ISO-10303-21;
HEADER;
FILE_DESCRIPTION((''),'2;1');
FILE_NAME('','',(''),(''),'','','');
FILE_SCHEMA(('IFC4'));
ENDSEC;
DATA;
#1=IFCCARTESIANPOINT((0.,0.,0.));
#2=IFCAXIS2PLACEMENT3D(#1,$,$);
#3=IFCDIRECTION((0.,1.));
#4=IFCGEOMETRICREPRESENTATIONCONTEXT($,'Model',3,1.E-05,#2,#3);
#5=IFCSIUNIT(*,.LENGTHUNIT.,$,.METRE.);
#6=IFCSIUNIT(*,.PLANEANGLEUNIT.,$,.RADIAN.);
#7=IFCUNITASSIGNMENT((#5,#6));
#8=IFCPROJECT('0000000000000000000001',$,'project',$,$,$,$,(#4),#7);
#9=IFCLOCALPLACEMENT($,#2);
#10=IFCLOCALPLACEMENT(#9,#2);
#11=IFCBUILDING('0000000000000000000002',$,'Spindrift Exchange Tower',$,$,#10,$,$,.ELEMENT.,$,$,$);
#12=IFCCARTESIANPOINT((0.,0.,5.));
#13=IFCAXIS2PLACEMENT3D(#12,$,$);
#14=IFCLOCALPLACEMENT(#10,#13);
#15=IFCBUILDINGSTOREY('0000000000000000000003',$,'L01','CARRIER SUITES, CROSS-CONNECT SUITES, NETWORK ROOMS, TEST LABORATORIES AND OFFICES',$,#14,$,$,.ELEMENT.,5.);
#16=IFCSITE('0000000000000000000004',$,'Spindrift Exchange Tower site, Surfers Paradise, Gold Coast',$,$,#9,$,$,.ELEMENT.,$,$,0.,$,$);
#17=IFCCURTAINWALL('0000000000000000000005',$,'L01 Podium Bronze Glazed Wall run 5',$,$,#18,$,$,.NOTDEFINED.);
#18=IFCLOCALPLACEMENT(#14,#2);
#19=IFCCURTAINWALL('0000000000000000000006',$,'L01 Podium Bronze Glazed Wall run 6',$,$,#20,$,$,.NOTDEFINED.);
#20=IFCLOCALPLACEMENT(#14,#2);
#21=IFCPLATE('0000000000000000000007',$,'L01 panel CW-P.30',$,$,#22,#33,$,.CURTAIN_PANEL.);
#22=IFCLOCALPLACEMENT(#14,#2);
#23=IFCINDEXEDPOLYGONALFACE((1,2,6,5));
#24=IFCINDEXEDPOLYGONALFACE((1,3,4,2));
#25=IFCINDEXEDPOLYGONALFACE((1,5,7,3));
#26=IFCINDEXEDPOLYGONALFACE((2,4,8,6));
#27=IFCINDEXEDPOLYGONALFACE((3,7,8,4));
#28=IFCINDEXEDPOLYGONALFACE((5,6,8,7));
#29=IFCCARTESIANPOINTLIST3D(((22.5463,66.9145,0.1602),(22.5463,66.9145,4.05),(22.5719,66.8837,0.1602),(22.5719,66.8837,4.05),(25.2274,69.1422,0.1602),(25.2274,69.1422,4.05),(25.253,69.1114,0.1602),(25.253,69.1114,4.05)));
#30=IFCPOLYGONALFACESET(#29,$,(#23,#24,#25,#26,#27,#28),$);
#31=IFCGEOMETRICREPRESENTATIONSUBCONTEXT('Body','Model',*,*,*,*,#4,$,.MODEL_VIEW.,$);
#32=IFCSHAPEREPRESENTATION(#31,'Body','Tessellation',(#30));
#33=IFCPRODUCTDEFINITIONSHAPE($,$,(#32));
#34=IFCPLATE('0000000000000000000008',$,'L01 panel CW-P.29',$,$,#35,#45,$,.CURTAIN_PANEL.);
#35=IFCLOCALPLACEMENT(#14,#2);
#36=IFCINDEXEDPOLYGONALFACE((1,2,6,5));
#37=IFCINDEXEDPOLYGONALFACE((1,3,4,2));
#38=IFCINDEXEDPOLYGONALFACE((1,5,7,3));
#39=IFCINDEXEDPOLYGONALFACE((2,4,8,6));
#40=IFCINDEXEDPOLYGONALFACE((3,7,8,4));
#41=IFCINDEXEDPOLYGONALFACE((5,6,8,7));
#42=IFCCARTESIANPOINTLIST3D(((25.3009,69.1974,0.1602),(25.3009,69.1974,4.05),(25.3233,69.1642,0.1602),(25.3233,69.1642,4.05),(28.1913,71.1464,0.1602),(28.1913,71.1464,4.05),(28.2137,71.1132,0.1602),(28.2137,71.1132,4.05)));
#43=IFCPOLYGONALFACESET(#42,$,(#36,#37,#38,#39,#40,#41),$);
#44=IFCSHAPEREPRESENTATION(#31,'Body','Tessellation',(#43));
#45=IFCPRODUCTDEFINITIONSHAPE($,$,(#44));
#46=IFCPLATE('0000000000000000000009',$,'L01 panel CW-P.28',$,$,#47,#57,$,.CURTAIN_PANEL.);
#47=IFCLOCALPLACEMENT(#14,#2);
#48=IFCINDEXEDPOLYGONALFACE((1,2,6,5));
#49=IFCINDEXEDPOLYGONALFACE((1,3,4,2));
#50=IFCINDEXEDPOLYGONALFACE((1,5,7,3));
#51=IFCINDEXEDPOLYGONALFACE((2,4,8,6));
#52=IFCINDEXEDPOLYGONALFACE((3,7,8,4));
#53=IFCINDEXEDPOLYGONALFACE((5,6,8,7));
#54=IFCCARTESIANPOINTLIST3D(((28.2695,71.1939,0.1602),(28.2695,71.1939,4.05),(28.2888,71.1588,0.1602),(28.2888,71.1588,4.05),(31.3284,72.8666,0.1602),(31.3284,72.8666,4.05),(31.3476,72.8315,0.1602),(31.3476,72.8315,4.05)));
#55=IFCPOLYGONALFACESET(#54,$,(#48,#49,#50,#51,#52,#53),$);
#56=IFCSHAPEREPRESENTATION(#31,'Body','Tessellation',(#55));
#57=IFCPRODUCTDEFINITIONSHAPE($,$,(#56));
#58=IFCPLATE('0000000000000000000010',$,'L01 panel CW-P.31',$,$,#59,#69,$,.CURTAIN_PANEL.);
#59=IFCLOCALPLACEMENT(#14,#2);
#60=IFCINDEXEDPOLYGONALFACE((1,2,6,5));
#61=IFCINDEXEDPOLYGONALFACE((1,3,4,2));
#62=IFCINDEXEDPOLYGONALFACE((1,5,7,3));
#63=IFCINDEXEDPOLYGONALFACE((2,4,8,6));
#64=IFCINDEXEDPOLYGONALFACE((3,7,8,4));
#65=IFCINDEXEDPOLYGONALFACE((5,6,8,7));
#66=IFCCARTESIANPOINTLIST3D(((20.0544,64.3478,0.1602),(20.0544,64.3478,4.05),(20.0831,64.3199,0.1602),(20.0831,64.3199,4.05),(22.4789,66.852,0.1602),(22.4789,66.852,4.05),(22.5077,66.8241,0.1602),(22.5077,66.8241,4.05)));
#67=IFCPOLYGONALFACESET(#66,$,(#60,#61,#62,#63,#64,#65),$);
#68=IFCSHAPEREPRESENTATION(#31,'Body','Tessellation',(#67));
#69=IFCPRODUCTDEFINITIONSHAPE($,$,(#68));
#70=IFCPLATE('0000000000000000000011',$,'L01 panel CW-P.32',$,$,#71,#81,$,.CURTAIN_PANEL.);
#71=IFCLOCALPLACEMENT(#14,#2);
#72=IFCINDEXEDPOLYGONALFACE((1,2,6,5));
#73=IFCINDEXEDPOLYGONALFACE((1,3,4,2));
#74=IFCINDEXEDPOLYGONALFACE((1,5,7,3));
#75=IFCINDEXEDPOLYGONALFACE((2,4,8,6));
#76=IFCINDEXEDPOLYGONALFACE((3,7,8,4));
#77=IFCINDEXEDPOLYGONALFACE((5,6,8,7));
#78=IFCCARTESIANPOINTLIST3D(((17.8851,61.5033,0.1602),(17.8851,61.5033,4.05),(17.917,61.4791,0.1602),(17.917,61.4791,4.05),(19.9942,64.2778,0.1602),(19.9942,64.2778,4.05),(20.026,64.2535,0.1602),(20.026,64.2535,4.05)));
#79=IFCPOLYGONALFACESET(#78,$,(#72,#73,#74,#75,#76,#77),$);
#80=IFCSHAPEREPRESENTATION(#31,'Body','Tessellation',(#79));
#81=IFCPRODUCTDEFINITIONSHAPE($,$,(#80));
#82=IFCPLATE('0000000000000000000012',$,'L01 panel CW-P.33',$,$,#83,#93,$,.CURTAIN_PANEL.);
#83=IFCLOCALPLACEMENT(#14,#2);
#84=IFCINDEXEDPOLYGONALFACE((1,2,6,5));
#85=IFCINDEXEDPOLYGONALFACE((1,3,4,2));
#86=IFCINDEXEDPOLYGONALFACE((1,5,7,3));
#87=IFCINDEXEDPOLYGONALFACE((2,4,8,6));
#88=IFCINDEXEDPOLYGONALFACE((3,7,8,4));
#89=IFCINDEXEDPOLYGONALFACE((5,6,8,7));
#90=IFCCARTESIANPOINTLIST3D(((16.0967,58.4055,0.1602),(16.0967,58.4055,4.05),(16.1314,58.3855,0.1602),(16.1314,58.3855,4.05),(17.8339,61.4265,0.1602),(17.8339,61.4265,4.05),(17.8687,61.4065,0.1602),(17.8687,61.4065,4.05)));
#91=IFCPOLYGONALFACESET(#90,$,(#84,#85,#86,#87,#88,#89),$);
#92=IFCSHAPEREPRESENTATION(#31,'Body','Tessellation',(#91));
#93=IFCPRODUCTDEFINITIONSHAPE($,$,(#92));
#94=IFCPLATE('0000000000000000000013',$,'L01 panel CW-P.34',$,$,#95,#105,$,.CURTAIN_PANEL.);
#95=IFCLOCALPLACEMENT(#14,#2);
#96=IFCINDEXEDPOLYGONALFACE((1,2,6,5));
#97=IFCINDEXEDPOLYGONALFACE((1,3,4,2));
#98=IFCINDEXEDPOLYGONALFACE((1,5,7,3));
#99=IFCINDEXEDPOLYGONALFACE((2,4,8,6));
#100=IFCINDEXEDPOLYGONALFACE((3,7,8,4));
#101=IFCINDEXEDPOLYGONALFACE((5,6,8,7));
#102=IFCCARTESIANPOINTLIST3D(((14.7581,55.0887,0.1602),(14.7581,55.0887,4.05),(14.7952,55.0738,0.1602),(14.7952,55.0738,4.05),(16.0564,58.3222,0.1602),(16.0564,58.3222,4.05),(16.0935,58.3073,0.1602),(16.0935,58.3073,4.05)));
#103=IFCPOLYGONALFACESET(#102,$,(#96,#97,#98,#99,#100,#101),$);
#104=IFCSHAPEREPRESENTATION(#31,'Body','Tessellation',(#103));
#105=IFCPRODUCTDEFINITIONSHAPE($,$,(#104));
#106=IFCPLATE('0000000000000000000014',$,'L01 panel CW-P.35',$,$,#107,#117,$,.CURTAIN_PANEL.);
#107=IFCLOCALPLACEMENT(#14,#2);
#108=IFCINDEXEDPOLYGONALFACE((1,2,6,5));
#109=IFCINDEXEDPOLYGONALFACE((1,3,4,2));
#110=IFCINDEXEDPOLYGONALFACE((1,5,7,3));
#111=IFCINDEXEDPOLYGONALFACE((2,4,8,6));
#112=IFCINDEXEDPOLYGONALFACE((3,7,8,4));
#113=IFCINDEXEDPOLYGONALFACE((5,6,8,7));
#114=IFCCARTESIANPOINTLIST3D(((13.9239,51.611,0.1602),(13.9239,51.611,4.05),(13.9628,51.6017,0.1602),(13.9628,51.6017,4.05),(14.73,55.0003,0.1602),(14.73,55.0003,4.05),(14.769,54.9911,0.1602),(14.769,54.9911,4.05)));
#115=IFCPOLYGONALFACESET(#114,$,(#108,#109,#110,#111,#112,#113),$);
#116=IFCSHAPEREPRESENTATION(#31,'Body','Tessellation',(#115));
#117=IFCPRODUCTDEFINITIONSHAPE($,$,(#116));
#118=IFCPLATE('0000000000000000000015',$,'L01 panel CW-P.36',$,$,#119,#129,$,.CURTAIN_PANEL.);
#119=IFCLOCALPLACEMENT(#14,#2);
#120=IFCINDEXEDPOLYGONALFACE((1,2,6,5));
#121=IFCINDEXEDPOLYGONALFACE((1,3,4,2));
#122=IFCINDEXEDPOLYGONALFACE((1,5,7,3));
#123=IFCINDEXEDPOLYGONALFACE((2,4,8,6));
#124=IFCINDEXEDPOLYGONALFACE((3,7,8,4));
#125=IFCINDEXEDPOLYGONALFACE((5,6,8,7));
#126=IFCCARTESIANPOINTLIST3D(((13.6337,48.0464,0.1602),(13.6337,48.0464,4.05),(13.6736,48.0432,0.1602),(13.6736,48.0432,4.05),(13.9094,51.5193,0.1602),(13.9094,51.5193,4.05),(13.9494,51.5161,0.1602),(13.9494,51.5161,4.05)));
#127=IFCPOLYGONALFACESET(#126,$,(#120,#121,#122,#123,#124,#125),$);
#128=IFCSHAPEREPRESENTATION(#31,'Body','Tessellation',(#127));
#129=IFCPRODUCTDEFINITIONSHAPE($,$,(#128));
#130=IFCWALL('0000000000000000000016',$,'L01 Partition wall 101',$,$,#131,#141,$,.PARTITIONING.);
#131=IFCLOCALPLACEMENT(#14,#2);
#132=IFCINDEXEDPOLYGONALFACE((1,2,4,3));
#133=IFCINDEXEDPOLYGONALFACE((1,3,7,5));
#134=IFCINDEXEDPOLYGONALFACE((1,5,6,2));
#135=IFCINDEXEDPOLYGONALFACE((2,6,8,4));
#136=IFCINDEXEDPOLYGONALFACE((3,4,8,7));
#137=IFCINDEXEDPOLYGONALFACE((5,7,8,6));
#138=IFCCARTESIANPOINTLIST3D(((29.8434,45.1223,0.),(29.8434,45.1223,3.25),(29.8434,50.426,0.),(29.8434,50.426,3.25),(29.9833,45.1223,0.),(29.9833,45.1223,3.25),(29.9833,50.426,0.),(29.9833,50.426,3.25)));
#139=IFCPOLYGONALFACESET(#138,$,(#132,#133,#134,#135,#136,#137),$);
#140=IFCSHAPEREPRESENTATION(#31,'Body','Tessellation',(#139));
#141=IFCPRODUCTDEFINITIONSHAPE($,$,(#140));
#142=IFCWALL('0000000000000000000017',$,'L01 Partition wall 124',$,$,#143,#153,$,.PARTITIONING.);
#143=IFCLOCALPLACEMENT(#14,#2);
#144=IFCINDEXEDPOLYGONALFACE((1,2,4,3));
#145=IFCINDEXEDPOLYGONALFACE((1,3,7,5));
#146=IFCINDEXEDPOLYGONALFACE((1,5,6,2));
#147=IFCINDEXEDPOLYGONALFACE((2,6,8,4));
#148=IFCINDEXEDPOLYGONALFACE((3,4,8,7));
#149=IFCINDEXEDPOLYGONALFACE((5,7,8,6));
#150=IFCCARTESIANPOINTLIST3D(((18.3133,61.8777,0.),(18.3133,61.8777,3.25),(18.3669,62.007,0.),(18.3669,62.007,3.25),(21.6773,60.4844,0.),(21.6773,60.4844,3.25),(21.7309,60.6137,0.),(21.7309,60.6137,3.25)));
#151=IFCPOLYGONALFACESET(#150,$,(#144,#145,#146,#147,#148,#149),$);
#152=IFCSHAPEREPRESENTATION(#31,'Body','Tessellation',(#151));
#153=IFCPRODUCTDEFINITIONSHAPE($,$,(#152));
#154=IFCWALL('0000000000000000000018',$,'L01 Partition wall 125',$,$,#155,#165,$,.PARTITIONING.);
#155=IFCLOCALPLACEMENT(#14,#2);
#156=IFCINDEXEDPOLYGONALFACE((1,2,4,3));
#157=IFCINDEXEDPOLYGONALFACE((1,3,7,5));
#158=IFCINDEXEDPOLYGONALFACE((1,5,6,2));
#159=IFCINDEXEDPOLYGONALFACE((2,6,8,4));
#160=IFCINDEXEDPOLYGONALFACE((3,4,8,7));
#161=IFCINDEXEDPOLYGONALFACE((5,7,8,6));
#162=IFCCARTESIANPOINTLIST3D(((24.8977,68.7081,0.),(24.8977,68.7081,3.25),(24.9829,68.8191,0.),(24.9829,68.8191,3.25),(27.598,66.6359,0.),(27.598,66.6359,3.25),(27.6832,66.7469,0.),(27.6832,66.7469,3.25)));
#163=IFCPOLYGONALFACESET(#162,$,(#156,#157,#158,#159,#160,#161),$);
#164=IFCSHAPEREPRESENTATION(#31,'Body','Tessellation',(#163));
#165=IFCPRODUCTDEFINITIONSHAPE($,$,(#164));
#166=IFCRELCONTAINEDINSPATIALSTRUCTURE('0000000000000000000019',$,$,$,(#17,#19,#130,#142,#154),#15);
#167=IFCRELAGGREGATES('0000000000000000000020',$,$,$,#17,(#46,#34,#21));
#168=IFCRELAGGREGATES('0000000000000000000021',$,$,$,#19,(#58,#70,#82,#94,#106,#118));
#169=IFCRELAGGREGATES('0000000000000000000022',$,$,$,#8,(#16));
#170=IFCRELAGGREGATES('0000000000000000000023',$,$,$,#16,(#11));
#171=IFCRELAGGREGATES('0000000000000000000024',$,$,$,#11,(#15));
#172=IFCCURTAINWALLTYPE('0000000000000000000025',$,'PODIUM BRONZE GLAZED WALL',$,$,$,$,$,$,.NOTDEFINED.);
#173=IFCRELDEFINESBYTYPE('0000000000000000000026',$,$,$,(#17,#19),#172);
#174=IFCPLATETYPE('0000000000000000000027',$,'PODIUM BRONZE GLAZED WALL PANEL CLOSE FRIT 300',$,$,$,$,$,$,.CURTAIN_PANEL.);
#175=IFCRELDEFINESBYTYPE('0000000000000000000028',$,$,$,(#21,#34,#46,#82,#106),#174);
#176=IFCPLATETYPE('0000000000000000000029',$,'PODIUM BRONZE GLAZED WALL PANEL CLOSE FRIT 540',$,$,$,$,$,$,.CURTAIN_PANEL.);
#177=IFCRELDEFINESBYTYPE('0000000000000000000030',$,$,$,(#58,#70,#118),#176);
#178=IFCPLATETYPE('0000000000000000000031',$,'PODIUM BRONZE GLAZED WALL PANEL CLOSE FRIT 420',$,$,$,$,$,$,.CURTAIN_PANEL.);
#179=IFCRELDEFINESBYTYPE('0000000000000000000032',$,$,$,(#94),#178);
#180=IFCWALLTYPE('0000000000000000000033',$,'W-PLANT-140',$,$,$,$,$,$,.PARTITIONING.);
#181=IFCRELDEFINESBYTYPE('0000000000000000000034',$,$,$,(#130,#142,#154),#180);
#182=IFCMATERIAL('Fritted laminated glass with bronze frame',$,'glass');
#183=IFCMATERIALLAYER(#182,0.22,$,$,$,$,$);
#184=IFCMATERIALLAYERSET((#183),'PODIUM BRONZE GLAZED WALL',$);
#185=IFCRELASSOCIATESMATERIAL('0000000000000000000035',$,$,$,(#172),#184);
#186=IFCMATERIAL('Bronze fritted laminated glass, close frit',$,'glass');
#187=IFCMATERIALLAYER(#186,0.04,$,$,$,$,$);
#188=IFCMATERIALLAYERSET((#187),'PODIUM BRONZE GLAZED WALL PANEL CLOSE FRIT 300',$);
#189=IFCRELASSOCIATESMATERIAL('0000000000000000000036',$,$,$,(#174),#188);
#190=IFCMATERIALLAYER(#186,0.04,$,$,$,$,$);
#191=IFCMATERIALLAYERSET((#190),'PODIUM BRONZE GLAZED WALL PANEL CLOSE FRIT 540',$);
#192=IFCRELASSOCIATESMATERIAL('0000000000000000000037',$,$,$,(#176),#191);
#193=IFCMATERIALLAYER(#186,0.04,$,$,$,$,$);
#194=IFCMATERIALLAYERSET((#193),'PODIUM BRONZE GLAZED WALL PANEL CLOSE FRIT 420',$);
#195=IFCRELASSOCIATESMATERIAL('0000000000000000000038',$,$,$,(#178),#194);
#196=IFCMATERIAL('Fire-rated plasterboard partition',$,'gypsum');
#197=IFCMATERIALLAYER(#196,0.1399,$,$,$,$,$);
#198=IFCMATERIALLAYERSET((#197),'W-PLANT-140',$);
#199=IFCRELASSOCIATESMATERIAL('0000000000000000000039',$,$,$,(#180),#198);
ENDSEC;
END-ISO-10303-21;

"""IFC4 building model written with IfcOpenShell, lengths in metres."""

from ifc_helpers import new_model, si_unit, direction, frame, frame_2d, origin, origin_2d, place, context, subcontext, project, spatial, rectangle, extrude, source, transform, mapped, material, layer, layer_set, type_object, element, aggregate, save


model = new_model("IFC4")

# Units and contexts
model_context = context("Model", 3, precision=1e-05, world=origin(), true_north=direction((0.0, 1.0)))
body_context = subcontext(model_context, "Body", "Model", "MODEL_VIEW")
ifc_project = project(units=[si_unit("LENGTHUNIT", "METRE"), si_unit("PLANEANGLEUNIT", "RADIAN")], contexts=[model_context])

# Site, building, storey
site_placement = place(None, origin())
site = spatial("IfcSite", under=ifc_project, at=site_placement, Name="Spindrift Exchange Tower site, Surfers Paradise, Gold Coast", CompositionType="ELEMENT", RefElevation=0.0)
building_placement = place(site_placement, origin())
building = spatial("IfcBuilding", under=site, at=building_placement, Name="Spindrift Exchange Tower", CompositionType="ELEMENT")
storey_placement = place(building_placement, frame((0.0, 0.0, 5.0)))
storey = spatial("IfcBuildingStorey", under=building, at=storey_placement, Name="L01", Description="CARRIER SUITES, CROSS-CONNECT SUITES, NETWORK ROOMS, TEST LABORATORIES AND OFFICES", CompositionType="ELEMENT", Elevation=5.0)

# Curtain walls
ifc_material_1 = material(Name="Fritted laminated glass with bronze frame", Category="glass")
ifc_layer_1 = layer(ifc_material_1, 0.22)
ifc_layer_set_1 = layer_set([ifc_layer_1], Name="PODIUM BRONZE GLAZED WALL")
curtain_wall_type = type_object("IfcCurtainWallType", Name="PODIUM BRONZE GLAZED WALL", PredefinedType="NOTDEFINED", material=ifc_layer_set_1)
curtain_wall_1_placement = place(storey_placement, origin())
curtain_wall_1 = element("IfcCurtainWall", 1, at=curtain_wall_1_placement, inside=storey, type_object=curtain_wall_type, Name="L01 Podium Bronze Glazed Wall run 5", PredefinedType="NOTDEFINED")
curtain_wall_2_placement = place(storey_placement, origin())
curtain_wall_2 = element("IfcCurtainWall", 2, at=curtain_wall_2_placement, inside=storey, type_object=curtain_wall_type, Name="L01 Podium Bronze Glazed Wall run 6", PredefinedType="NOTDEFINED")

# Plates
ifc_material_2 = material(Name="Bronze fritted laminated glass, close frit", Category="glass")
ifc_layer_2 = layer(ifc_material_2, 0.04)
ifc_layer_set_2 = layer_set([ifc_layer_2], Name="PODIUM BRONZE GLAZED WALL PANEL CLOSE FRIT 300")
plate_type_1 = type_object("IfcPlateType", Name="PODIUM BRONZE GLAZED WALL PANEL CLOSE FRIT 300", PredefinedType="CURTAIN_PANEL", material=ifc_layer_set_2)
shared_shape_1 = source(origin(), body_context, "Body", "SweptSolid", [
    extrude(rectangle(XDim=3.4858, YDim=0.04, at=origin_2d()), origin(), (0.0, 0.0, 1.0), 3.8899),
])
plate_1_placement = place(storey_placement, frame((23.8997, 68.0129, 0.1602), z_axis=(0.0, 0.0, 1.0), x_axis=(-0.769131, -0.639091, 0.0)))
plate_1 = element("IfcPlate", 3, at=plate_1_placement, type_object=plate_type_1, Name="L01 panel CW-P.30", PredefinedType="CURTAIN_PANEL", context=body_context, shape_type="MappedRepresentation", body=[
    mapped(shared_shape_1, transform((0.0, 0.0, 0.0), scale=1.0)),
])
shared_shape_2 = source(origin(), body_context, "Body", "SweptSolid", [
    extrude(rectangle(XDim=3.4861, YDim=0.04, at=origin_2d()), origin(), (0.0, 0.0, 1.0), 3.8899),
])
plate_2_placement = place(storey_placement, frame((26.7573, 70.1553, 0.1602), z_axis=(0.0, 0.0, 1.0), x_axis=(-0.829118, -0.559074, 0.0)))
plate_2 = element("IfcPlate", 4, at=plate_2_placement, type_object=plate_type_1, Name="L01 panel CW-P.29", PredefinedType="CURTAIN_PANEL", context=body_context, shape_type="MappedRepresentation", body=[
    mapped(shared_shape_2, transform((0.0, 0.0, 0.0), scale=1.0)),
])
shared_shape_3 = source(origin(), body_context, "Body", "SweptSolid", [
    extrude(rectangle(XDim=3.4863, YDim=0.04, at=origin_2d()), origin(), (0.0, 0.0, 1.0), 3.8899),
])
plate_3_placement = place(storey_placement, frame((29.8086, 72.0127, 0.1602), z_axis=(0.0, 0.0, 1.0), x_axis=(-0.877392, -0.479773, 0.0)))
plate_3 = element("IfcPlate", 5, at=plate_3_placement, type_object=plate_type_1, Name="L01 panel CW-P.28", PredefinedType="CURTAIN_PANEL", context=body_context, shape_type="MappedRepresentation", body=[
    mapped(shared_shape_3, transform((0.0, 0.0, 0.0), scale=1.0)),
])
aggregate(curtain_wall_1, [plate_3, plate_2, plate_1])
ifc_layer_3 = layer(ifc_material_2, 0.04)
ifc_layer_set_3 = layer_set([ifc_layer_3], Name="PODIUM BRONZE GLAZED WALL PANEL CLOSE FRIT 540")
plate_type_2 = type_object("IfcPlateType", Name="PODIUM BRONZE GLAZED WALL PANEL CLOSE FRIT 540", PredefinedType="CURTAIN_PANEL", material=ifc_layer_set_3)
shared_shape_4 = source(origin(), body_context, "Body", "SweptSolid", [
    extrude(rectangle(XDim=3.4856, YDim=0.04, at=origin_2d()), origin(), (0.0, 0.0, 1.0), 3.8899),
])
plate_4_placement = place(storey_placement, frame((21.281, 65.5859, 0.1602), z_axis=(0.0, 0.0, 1.0), x_axis=(-0.695589, -0.71844, 0.0)))
plate_4 = element("IfcPlate", 6, at=plate_4_placement, type_object=plate_type_2, Name="L01 panel CW-P.31", PredefinedType="CURTAIN_PANEL", context=body_context, shape_type="MappedRepresentation", body=[
    mapped(shared_shape_4, transform((0.0, 0.0, 0.0), scale=1.0)),
])
shared_shape_5 = source(origin(), body_context, "Body", "SweptSolid", [
    extrude(rectangle(XDim=3.4851, YDim=0.04, at=origin_2d()), origin(), (0.0, 0.0, 1.0), 3.8899),
])
plate_5_placement = place(storey_placement, frame((18.9556, 62.8784, 0.1602), z_axis=(0.0, 0.0, 1.0), x_axis=(-0.60517, -0.796096, 0.0)))
plate_5 = element("IfcPlate", 7, at=plate_5_placement, type_object=plate_type_2, Name="L01 panel CW-P.32", PredefinedType="CURTAIN_PANEL", context=body_context, shape_type="MappedRepresentation", body=[
    mapped(shared_shape_5, transform((0.0, 0.0, 0.0), scale=1.0)),
])
shared_shape_6 = source(origin(), body_context, "Body", "SweptSolid", [
    extrude(rectangle(XDim=3.4849, YDim=0.04, at=origin_2d()), origin(), (0.0, 0.0, 1.0), 3.8899),
])
plate_6_placement = place(storey_placement, frame((16.9827, 59.906, 0.1602), z_axis=(0.0, 0.0, 1.0), x_axis=(-0.49852, -0.866878, 0.0)))
plate_6 = element("IfcPlate", 8, at=plate_6_placement, type_object=plate_type_1, Name="L01 panel CW-P.33", PredefinedType="CURTAIN_PANEL", context=body_context, shape_type="MappedRepresentation", body=[
    mapped(shared_shape_6, transform((0.0, 0.0, 0.0), scale=1.0)),
])
ifc_layer_4 = layer(ifc_material_2, 0.04)
ifc_layer_set_4 = layer_set([ifc_layer_4], Name="PODIUM BRONZE GLAZED WALL PANEL CLOSE FRIT 420")
plate_type_3 = type_object("IfcPlateType", Name="PODIUM BRONZE GLAZED WALL PANEL CLOSE FRIT 420", PredefinedType="CURTAIN_PANEL", material=ifc_layer_set_4)
shared_shape_7 = source(origin(), body_context, "Body", "SweptSolid", [
    extrude(rectangle(XDim=3.4844, YDim=0.04, at=origin_2d()), origin(), (0.0, 0.0, 1.0), 3.8899),
])
plate_7_placement = place(storey_placement, frame((15.4258, 56.698, 0.1602), z_axis=(0.0, 0.0, 1.0), x_axis=(-0.372606, -0.92799, 0.0)))
plate_7 = element("IfcPlate", 9, at=plate_7_placement, type_object=plate_type_3, Name="L01 panel CW-P.34", PredefinedType="CURTAIN_PANEL", context=body_context, shape_type="MappedRepresentation", body=[
    mapped(shared_shape_7, transform((0.0, 0.0, 0.0), scale=1.0)),
])
shared_shape_8 = source(origin(), body_context, "Body", "SweptSolid", [
    extrude(rectangle(XDim=3.4839, YDim=0.04, at=origin_2d()), origin(), (0.0, 0.0, 1.0), 3.8899),
])
plate_8_placement = place(storey_placement, frame((14.3464, 53.301, 0.1602), z_axis=(0.0, 0.0, 1.0), x_axis=(-0.2314, -0.972859, 0.0)))
plate_8 = element("IfcPlate", 10, at=plate_8_placement, type_object=plate_type_1, Name="L01 panel CW-P.35", PredefinedType="CURTAIN_PANEL", context=body_context, shape_type="MappedRepresentation", body=[
    mapped(shared_shape_8, transform((0.0, 0.0, 0.0), scale=1.0)),
])
shared_shape_9 = source(origin(), body_context, "Body", "SweptSolid", [
    extrude(rectangle(XDim=3.4839, YDim=0.04, at=origin_2d()), origin(), (0.0, 0.0, 1.0), 3.8899),
])
plate_9_placement = place(storey_placement, frame((13.7915, 49.7812, 0.1602), z_axis=(0.0, 0.0, 1.0), x_axis=(-0.079159, -0.996862, 0.0)))
plate_9 = element("IfcPlate", 11, at=plate_9_placement, type_object=plate_type_2, Name="L01 panel CW-P.36", PredefinedType="CURTAIN_PANEL", context=body_context, shape_type="MappedRepresentation", body=[
    mapped(shared_shape_9, transform((0.0, 0.0, 0.0), scale=1.0)),
])
aggregate(curtain_wall_2, [plate_4, plate_5, plate_6, plate_7, plate_8, plate_9])

# Walls
ifc_material_3 = material(Name="Fire-rated plasterboard partition", Category="gypsum")
ifc_layer_5 = layer(ifc_material_3, 0.1399)
ifc_layer_set_5 = layer_set([ifc_layer_5], Name="W-PLANT-140")
wall_type = type_object("IfcWallType", Name="W-PLANT-140", PredefinedType="PARTITIONING", material=ifc_layer_set_5)
wall_1_placement = place(storey_placement, frame((29.9133, 50.426, 0.0), z_axis=(0.0, 0.0, 1.0), x_axis=(0.0, -1.0, 0.0)))
element("IfcWall", 12, at=wall_1_placement, inside=storey, type_object=wall_type, Name="L01 Partition wall 101", PredefinedType="PARTITIONING", context=body_context, shape_type="SweptSolid", body=[
    extrude(rectangle(XDim=5.3037, YDim=0.1399, at=frame_2d((2.6519, 0.0))), origin(), (0.0, 0.0, 1.0), 3.25),
])
wall_2_placement = place(storey_placement, frame((21.7041, 60.5491, 0.0), z_axis=(0.0, 0.0, 1.0), x_axis=(-0.92389, 0.382658, 0.0)))
element("IfcWall", 13, at=wall_2_placement, inside=storey, type_object=wall_type, Name="L01 Partition wall 124", PredefinedType="PARTITIONING", context=body_context, shape_type="SweptSolid", body=[
    extrude(rectangle(XDim=3.6411, YDim=0.1399, at=frame_2d((1.8206, 0.0))), origin(), (0.0, 0.0, 1.0), 3.25),
])
wall_3_placement = place(storey_placement, frame((27.6406, 66.6914, 0.0), z_axis=(0.0, 0.0, 1.0), x_axis=(-0.793333, 0.608788, 0.0)))
element("IfcWall", 14, at=wall_3_placement, inside=storey, type_object=wall_type, Name="L01 Partition wall 125", PredefinedType="PARTITIONING", context=body_context, shape_type="SweptSolid", body=[
    extrude(rectangle(XDim=3.4038, YDim=0.1399, at=frame_2d((1.7019, 0.0))), origin(), (0.0, 0.0, 1.0), 3.25),
])

save(model, "model.ifc")
